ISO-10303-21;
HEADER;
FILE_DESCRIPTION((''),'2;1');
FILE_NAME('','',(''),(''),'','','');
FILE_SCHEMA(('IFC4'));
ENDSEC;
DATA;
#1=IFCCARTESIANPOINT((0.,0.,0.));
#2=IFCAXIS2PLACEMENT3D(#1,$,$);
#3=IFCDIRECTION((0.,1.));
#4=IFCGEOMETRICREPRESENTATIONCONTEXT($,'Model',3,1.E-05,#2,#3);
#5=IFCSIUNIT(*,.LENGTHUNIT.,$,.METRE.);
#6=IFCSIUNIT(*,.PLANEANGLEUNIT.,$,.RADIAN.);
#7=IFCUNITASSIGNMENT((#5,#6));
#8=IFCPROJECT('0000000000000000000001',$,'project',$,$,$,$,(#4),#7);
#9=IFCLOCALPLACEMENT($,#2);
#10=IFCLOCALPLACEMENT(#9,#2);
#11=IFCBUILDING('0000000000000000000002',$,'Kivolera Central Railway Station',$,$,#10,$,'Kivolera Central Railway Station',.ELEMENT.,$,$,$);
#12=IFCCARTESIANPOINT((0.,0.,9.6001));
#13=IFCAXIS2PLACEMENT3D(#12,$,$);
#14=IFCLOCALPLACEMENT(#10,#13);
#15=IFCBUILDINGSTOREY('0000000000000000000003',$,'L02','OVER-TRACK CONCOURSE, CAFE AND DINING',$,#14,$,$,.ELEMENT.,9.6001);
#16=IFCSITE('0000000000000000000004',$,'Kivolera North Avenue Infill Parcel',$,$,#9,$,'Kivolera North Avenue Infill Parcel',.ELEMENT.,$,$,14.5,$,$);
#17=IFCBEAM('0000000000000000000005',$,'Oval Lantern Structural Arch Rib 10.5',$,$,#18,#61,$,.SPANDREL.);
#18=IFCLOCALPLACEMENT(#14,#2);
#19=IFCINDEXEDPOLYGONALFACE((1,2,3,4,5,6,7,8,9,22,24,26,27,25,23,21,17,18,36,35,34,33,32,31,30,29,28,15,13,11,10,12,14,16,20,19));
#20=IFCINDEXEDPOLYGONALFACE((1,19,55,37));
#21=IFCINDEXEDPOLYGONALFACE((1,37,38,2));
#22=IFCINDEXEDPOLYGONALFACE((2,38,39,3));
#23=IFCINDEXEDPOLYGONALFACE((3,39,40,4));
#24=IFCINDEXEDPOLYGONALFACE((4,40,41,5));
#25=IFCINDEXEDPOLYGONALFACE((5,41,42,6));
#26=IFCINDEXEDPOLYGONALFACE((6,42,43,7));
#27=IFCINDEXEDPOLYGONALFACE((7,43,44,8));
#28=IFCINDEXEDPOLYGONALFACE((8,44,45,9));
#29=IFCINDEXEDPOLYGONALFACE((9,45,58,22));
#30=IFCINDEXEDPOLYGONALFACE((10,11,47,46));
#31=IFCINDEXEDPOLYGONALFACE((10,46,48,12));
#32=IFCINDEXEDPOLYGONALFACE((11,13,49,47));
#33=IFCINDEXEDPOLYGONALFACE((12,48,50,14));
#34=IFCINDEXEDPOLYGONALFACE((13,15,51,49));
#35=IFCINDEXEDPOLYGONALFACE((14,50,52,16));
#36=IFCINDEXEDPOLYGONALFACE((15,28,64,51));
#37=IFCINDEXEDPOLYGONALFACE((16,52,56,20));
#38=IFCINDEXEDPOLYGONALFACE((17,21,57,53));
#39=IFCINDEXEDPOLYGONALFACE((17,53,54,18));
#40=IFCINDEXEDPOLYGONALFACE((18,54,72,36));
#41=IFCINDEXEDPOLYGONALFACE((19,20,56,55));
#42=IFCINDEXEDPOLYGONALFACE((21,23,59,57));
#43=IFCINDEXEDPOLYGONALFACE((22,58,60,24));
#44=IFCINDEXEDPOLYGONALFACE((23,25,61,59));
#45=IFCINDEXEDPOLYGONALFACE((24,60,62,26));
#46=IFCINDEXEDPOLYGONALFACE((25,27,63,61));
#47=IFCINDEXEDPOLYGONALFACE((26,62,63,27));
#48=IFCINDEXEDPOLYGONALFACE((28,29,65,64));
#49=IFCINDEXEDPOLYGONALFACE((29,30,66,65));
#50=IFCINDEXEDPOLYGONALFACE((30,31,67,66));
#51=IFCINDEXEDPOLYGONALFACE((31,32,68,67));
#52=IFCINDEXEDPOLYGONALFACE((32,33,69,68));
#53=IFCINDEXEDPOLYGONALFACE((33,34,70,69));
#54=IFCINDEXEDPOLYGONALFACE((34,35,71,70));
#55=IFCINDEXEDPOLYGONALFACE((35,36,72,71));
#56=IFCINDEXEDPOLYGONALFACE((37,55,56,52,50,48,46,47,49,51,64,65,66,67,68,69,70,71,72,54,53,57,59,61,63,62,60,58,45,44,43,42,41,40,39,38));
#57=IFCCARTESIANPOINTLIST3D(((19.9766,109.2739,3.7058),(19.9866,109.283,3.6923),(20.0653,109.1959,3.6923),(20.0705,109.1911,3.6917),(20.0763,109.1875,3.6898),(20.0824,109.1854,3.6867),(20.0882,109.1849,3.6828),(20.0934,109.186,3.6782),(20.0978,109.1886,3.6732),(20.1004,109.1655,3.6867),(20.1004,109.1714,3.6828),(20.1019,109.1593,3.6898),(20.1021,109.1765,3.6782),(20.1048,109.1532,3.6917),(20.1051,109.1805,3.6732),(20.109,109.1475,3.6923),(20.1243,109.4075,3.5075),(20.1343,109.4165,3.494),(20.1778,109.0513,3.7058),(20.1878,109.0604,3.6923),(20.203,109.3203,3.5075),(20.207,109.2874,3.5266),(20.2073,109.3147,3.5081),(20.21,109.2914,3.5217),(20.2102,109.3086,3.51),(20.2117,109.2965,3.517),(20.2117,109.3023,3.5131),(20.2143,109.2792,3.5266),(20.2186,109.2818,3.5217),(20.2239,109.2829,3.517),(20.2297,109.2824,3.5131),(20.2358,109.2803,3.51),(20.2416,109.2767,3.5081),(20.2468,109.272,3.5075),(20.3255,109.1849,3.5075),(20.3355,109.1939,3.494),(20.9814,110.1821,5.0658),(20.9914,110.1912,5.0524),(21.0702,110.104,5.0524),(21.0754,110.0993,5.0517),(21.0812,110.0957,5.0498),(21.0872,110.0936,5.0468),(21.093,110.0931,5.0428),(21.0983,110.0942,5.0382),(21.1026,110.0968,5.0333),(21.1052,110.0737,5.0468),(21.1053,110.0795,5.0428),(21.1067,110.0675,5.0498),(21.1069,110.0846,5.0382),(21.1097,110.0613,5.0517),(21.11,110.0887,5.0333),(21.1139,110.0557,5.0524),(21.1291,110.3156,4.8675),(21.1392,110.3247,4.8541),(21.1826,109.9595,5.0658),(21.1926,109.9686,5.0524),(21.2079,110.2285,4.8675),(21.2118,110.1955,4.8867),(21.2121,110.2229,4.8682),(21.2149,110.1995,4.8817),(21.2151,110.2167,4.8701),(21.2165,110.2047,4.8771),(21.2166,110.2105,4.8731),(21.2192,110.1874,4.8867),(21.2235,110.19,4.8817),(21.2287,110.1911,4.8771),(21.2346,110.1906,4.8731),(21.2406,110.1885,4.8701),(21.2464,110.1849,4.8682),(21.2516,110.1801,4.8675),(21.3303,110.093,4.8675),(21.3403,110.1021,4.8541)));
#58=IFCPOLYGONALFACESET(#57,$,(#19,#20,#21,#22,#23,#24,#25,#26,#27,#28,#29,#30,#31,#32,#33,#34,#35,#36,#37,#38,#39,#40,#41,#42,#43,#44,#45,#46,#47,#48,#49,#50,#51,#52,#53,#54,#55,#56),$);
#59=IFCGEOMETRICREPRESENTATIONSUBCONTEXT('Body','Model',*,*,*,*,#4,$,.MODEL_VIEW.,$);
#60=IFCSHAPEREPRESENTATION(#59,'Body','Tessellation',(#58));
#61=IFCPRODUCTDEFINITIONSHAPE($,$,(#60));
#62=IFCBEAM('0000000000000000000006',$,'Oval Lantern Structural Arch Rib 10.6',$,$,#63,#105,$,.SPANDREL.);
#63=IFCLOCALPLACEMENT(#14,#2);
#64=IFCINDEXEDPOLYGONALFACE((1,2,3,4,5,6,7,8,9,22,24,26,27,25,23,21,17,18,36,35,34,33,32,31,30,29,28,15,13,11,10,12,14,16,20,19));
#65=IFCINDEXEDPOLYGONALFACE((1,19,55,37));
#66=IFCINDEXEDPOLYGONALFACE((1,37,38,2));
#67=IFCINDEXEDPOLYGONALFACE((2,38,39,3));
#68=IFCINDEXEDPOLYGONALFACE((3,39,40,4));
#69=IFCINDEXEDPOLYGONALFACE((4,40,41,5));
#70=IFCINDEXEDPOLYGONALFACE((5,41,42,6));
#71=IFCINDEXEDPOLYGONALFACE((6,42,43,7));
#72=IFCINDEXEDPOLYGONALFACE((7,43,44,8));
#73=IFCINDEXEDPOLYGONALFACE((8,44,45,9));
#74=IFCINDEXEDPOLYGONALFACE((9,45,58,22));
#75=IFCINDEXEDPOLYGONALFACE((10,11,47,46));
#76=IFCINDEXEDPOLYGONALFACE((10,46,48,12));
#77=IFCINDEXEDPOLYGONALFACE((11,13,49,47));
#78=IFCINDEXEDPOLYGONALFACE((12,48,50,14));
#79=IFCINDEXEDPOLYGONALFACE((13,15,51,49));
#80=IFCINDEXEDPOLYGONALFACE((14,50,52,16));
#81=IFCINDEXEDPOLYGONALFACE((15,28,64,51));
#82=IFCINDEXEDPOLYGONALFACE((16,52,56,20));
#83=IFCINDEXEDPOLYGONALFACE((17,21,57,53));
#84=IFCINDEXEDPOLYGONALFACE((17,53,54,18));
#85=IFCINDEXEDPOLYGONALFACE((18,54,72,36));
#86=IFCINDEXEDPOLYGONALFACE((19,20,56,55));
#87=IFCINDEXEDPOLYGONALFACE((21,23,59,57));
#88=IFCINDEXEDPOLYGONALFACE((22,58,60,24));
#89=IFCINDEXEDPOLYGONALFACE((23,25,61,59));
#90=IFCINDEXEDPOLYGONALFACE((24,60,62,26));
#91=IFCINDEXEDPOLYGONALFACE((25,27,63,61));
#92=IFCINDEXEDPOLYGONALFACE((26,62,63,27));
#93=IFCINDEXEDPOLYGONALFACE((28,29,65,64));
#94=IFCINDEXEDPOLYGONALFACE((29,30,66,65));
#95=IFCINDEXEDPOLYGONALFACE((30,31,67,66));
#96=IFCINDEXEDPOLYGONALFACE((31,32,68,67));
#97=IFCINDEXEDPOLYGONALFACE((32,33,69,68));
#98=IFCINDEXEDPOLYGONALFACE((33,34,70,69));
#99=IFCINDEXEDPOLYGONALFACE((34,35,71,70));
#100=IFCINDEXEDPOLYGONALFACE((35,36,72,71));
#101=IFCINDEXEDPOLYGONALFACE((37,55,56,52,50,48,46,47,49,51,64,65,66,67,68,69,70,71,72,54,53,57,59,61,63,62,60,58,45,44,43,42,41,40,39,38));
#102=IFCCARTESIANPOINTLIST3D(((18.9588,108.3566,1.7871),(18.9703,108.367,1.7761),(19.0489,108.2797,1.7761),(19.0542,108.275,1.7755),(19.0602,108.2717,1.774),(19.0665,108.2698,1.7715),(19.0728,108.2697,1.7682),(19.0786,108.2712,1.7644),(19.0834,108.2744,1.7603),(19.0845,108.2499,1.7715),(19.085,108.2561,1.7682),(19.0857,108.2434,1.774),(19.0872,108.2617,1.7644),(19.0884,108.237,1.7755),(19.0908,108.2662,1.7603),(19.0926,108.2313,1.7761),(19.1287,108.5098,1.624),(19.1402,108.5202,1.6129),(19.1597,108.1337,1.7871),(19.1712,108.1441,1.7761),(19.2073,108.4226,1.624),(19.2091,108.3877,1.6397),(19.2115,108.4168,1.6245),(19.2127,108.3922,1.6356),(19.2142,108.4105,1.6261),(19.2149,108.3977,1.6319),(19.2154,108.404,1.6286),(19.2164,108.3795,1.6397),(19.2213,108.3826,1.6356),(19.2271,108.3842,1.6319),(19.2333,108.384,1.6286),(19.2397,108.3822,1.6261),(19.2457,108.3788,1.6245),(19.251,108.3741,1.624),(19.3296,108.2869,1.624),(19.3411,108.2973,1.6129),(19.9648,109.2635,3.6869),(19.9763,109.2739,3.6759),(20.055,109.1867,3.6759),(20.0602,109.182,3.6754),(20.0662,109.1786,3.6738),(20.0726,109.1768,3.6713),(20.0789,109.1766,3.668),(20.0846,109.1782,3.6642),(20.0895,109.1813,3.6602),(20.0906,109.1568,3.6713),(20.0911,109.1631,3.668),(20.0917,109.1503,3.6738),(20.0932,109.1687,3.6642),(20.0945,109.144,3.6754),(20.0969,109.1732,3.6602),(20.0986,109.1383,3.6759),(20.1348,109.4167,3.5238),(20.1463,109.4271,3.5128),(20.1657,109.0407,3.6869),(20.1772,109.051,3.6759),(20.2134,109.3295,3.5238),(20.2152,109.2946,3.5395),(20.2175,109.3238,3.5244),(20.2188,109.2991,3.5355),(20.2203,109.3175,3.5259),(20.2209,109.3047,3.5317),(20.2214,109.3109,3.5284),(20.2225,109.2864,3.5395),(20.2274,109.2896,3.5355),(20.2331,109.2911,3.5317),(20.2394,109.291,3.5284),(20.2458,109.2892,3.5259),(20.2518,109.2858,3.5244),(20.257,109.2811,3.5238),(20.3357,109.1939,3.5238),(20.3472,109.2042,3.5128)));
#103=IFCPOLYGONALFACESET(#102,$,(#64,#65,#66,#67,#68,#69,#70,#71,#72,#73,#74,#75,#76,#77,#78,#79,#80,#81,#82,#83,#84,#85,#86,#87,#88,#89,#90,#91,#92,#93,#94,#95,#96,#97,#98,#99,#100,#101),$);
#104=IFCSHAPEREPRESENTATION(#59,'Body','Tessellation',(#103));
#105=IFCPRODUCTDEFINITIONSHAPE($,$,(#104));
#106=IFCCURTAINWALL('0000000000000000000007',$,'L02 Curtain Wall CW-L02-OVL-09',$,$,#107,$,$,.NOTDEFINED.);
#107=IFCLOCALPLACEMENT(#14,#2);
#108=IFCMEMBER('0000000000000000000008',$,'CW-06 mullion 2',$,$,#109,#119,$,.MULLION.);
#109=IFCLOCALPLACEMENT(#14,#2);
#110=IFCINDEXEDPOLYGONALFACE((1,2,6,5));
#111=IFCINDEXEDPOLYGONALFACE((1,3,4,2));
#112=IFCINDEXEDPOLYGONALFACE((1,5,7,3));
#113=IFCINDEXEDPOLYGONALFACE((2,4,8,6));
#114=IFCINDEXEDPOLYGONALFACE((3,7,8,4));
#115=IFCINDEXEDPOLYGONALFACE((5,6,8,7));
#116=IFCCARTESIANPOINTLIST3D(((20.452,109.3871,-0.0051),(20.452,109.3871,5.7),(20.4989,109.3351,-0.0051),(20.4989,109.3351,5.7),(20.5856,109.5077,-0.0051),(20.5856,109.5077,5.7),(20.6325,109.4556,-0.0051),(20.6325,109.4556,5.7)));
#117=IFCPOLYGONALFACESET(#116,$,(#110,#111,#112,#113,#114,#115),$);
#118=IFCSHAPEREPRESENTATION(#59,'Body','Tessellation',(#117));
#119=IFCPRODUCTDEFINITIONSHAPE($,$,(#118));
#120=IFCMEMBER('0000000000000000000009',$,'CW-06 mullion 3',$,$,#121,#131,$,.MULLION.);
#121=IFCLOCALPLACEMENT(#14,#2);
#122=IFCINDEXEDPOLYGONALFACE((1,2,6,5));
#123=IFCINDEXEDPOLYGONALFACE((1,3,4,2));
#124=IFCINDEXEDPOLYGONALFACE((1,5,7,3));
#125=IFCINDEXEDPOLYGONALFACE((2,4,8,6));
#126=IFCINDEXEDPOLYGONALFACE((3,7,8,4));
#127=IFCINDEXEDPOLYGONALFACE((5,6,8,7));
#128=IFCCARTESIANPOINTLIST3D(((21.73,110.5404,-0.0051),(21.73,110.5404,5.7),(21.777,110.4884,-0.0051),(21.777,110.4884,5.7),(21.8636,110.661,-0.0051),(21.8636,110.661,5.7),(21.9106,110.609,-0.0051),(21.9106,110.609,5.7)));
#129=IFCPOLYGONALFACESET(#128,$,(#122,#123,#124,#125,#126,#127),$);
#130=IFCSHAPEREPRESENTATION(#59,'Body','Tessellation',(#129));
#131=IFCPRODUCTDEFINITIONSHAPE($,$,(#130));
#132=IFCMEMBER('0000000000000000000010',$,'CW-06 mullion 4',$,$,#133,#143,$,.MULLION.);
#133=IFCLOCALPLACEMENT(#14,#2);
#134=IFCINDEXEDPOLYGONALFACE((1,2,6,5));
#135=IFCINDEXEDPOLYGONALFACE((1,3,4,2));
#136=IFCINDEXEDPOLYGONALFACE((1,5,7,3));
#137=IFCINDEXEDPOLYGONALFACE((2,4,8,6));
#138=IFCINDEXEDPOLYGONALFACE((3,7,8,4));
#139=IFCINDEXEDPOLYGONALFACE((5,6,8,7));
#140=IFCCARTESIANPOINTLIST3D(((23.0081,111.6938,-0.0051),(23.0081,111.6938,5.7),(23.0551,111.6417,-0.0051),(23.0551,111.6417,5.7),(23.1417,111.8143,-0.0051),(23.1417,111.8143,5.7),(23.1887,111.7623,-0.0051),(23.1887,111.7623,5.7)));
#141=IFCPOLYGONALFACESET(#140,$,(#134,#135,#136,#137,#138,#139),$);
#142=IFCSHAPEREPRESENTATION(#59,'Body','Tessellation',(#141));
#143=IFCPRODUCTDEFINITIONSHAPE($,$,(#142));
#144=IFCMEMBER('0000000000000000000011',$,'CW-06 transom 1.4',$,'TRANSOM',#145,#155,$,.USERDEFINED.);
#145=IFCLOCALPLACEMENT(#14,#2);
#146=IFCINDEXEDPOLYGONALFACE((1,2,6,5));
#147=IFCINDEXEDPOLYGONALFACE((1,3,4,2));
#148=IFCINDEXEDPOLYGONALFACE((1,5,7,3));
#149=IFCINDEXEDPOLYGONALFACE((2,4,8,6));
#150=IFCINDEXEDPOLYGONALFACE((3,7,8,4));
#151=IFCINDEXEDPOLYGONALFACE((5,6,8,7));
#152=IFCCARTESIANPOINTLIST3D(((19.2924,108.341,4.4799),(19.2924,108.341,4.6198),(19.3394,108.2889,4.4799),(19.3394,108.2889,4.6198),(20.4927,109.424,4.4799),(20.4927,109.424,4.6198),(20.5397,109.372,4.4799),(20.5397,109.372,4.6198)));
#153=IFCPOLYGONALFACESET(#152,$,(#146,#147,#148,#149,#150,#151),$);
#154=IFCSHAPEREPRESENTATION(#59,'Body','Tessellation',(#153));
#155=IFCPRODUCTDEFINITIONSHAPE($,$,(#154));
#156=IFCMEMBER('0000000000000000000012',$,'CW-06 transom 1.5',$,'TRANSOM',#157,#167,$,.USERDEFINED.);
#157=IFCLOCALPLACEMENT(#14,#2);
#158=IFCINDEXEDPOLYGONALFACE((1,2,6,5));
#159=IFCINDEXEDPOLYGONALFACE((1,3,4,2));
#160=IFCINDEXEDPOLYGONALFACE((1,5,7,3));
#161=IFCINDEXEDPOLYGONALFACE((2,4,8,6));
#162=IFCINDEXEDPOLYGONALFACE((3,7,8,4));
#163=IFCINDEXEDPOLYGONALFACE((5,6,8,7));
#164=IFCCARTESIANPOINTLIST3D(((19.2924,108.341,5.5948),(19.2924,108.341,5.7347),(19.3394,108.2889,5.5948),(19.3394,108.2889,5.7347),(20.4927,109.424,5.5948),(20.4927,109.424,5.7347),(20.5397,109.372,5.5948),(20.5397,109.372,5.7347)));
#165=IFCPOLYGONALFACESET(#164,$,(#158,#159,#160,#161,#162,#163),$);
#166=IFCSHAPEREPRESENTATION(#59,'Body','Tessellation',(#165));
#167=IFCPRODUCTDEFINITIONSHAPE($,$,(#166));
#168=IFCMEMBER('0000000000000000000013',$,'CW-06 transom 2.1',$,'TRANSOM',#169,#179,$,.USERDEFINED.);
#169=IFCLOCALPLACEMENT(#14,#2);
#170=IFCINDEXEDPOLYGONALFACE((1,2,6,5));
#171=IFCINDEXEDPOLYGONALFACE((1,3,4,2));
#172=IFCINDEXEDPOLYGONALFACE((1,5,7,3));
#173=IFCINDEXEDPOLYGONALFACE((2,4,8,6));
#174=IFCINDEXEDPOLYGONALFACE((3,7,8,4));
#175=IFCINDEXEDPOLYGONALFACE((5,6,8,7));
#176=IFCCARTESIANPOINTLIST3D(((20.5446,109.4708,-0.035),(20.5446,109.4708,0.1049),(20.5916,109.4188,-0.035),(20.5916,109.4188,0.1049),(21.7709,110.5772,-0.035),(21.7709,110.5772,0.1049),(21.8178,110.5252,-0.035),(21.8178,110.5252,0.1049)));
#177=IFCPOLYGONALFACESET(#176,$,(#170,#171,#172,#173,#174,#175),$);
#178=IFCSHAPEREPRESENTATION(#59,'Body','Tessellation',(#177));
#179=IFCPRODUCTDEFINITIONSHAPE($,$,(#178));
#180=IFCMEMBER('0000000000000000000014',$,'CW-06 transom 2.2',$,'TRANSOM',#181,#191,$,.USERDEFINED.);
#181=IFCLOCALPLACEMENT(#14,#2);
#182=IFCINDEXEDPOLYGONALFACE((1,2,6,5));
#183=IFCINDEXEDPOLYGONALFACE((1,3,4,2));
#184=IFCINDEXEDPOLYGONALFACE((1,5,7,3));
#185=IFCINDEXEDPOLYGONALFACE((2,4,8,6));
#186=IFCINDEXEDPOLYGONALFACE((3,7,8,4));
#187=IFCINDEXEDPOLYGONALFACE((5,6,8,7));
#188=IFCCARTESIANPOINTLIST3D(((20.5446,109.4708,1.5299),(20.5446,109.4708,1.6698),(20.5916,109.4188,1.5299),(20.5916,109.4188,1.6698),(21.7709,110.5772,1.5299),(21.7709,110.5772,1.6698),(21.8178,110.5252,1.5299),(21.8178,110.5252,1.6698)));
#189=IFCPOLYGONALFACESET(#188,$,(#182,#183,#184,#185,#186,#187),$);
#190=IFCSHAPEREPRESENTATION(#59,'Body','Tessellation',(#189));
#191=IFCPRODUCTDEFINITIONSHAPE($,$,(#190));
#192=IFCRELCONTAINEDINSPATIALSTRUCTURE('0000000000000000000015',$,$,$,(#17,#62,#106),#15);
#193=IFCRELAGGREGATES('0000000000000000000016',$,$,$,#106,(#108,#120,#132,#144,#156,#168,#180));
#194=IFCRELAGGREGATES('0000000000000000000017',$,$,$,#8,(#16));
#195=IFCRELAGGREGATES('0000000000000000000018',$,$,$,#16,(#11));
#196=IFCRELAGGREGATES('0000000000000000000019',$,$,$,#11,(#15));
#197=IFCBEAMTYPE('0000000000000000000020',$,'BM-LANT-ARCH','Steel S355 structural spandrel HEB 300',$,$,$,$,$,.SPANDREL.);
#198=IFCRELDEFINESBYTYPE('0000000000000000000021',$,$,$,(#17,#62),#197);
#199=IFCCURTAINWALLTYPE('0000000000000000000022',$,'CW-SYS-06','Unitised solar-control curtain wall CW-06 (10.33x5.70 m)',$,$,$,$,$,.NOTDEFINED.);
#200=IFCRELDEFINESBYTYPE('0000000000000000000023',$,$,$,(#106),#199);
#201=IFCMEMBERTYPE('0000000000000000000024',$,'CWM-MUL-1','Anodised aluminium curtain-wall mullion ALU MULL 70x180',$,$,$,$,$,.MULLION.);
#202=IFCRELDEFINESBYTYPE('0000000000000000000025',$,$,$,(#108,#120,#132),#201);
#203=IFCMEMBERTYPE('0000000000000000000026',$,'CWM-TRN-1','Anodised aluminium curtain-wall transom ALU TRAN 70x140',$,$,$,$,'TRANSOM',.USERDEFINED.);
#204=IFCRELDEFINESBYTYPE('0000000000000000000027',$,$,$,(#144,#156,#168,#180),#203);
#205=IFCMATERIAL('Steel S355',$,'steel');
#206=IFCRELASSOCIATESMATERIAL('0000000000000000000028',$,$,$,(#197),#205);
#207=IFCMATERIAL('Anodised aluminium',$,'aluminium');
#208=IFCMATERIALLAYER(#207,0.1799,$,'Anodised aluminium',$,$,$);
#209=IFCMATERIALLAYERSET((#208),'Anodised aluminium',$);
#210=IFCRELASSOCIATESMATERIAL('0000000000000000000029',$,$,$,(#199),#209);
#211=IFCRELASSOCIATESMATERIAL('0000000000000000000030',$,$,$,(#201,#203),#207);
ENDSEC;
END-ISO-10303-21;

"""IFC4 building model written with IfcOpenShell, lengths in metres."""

from ifc_helpers import new_model, si_unit, direction, frame, origin, origin_2d, place, context, subcontext, project, spatial, rectangle, i_section, extrude, material, layer, layer_set, material_profile, profile_set, type_object, element, aggregate, save


model = new_model("IFC4")

# Units and contexts
model_context = context("Model", 3, precision=1e-05, world=origin(), true_north=direction((0.0, 1.0)))
body_context = subcontext(model_context, "Body", "Model", "MODEL_VIEW")
ifc_project = project(units=[si_unit("LENGTHUNIT", "METRE"), si_unit("PLANEANGLEUNIT", "RADIAN")], contexts=[model_context])

# Site, building, storey
site_placement = place(None, origin())
site = spatial("IfcSite", under=ifc_project, at=site_placement, Name="Kivolera North Avenue Infill Parcel", LongName="Kivolera North Avenue Infill Parcel", CompositionType="ELEMENT", RefElevation=14.5)
building_placement = place(site_placement, origin())
building = spatial("IfcBuilding", under=site, at=building_placement, Name="Kivolera Central Railway Station", LongName="Kivolera Central Railway Station", CompositionType="ELEMENT")
storey_placement = place(building_placement, frame((0.0, 0.0, 9.6001)))
storey = spatial("IfcBuildingStorey", under=building, at=storey_placement, Name="L02", Description="OVER-TRACK CONCOURSE, CAFE AND DINING", CompositionType="ELEMENT", Elevation=9.6001)

# Beams
ifc_material_1 = material(Name="Steel S355", Category="steel")
ifc_material_profile_1 = material_profile(ifc_material_1, i_section(OverallWidth=0.3, OverallDepth=0.3, WebThickness=0.011, FlangeThickness=0.019, FilletRadius=0.0271, at=origin_2d()), Name="HEB 300")
ifc_profile_set_1 = profile_set([ifc_material_profile_1], Name="Steel S355")
beam_type = type_object("IfcBeamType", Name="BM-LANT-ARCH", Description="Steel S355 structural spandrel HEB 300", PredefinedType="SPANDREL", material=ifc_profile_set_1)
beam_1_placement = place(storey_placement, frame((21.1609, 110.1421, 4.96), z_axis=(-0.52351, -0.473143, -0.708571), x_axis=(0.670517, -0.741894, 0.0)))
element("IfcBeam", 1, at=beam_1_placement, inside=storey, type_object=beam_type, Name="Oval Lantern Structural Arch Rib 10.5", PredefinedType="SPANDREL", context=body_context, shape_type="SweptSolid", body=[
    extrude(i_section(OverallWidth=0.3, OverallDepth=0.3, WebThickness=0.011, FlangeThickness=0.019, FilletRadius=0.0271, at=origin_2d()), origin(), (0.0, 0.0, 1.0), 1.9194),
])
beam_2_placement = place(storey_placement, frame((20.156, 109.2339, 3.5999), z_axis=(-0.431185, -0.388705, -0.81424), x_axis=(0.669572, -0.742747, 0.0)))
element("IfcBeam", 2, at=beam_2_placement, inside=storey, type_object=beam_type, Name="Oval Lantern Structural Arch Rib 10.6", PredefinedType="SPANDREL", context=body_context, shape_type="SweptSolid", body=[
    extrude(i_section(OverallWidth=0.3, OverallDepth=0.3, WebThickness=0.011, FlangeThickness=0.019, FilletRadius=0.0271, at=origin_2d()), origin(), (0.0, 0.0, 1.0), 2.3333),
])

# Curtain wall, members
ifc_material_2 = material(Name="Anodised aluminium", Category="aluminium")
ifc_layer_1 = layer(ifc_material_2, 0.1799, Name="Anodised aluminium")
ifc_layer_set_1 = layer_set([ifc_layer_1], Name="Anodised aluminium")
curtain_wall_type = type_object("IfcCurtainWallType", Name="CW-SYS-06", Description="Unitised solar-control curtain wall CW-06 (10.33x5.70 m)", PredefinedType="NOTDEFINED", material=ifc_layer_set_1)
curtain_wall_placement = place(storey_placement, origin())
curtain_wall = element("IfcCurtainWall", 3, at=curtain_wall_placement, inside=storey, type_object=curtain_wall_type, Name="L02 Curtain Wall CW-L02-OVL-09", PredefinedType="NOTDEFINED")
ifc_material_profile_2 = material_profile(ifc_material_2, rectangle(XDim=0.0701, YDim=0.1799, at=origin_2d()), Name="ALU MULL 70x180")
ifc_profile_set_2 = profile_set([ifc_material_profile_2], Name="Anodised aluminium")
member_type_1 = type_object("IfcMemberType", Name="CWM-MUL-1", Description="Anodised aluminium curtain-wall mullion ALU MULL 70x180", PredefinedType="MULLION", material=ifc_profile_set_2)
member_1_placement = place(storey_placement, frame((20.5422, 109.4214, -0.0051), z_axis=(0.0, 0.0, 1.0), x_axis=(-0.669922, 0.742432, 0.0)))
member_1 = element("IfcMember", 4, at=member_1_placement, type_object=member_type_1, Name="CW-06 mullion 2", PredefinedType="MULLION", context=body_context, shape_type="SweptSolid", body=[
    extrude(rectangle(XDim=0.0701, YDim=0.1799, at=origin_2d()), origin(), (0.0, 0.0, 1.0), 5.7051),
])
member_2_placement = place(storey_placement, frame((21.8203, 110.5747, -0.0051), z_axis=(0.0, 0.0, 1.0), x_axis=(-0.669922, 0.742432, 0.0)))
member_2 = element("IfcMember", 5, at=member_2_placement, type_object=member_type_1, Name="CW-06 mullion 3", PredefinedType="MULLION", context=body_context, shape_type="SweptSolid", body=[
    extrude(rectangle(XDim=0.0701, YDim=0.1799, at=origin_2d()), origin(), (0.0, 0.0, 1.0), 5.7051),
])
member_3_placement = place(storey_placement, frame((23.0984, 111.728, -0.0051), z_axis=(0.0, 0.0, 1.0), x_axis=(-0.669922, 0.742432, 0.0)))
member_3 = element("IfcMember", 6, at=member_3_placement, type_object=member_type_1, Name="CW-06 mullion 4", PredefinedType="MULLION", context=body_context, shape_type="SweptSolid", body=[
    extrude(rectangle(XDim=0.0701, YDim=0.1799, at=origin_2d()), origin(), (0.0, 0.0, 1.0), 5.7051),
])
ifc_material_profile_3 = material_profile(ifc_material_2, rectangle(XDim=0.0701, YDim=0.1399, at=origin_2d()), Name="ALU TRAN 70x140")
ifc_profile_set_3 = profile_set([ifc_material_profile_3], Name="Anodised aluminium")
member_type_2 = type_object("IfcMemberType", Name="CWM-TRN-1", Description="Anodised aluminium curtain-wall transom ALU TRAN 70x140", ElementType="TRANSOM", PredefinedType="USERDEFINED", material=ifc_profile_set_3)
member_4_placement = place(storey_placement, frame((19.3159, 108.3149, 4.5498), z_axis=(0.742422, 0.669932, 0.0), x_axis=(-0.669932, 0.742422, 0.0)))
member_4 = element("IfcMember", 7, at=member_4_placement, type_object=member_type_2, Name="CW-06 transom 1.4", ObjectType="TRANSOM", PredefinedType="USERDEFINED", context=body_context, shape_type="SweptSolid", body=[
    extrude(rectangle(XDim=0.0701, YDim=0.1399, at=origin_2d()), origin(), (0.0, 0.0, 1.0), 1.6167),
])
member_5_placement = place(storey_placement, frame((19.3159, 108.3149, 5.6648), z_axis=(0.742422, 0.669932, 0.0), x_axis=(-0.669932, 0.742422, 0.0)))
member_5 = element("IfcMember", 8, at=member_5_placement, type_object=member_type_2, Name="CW-06 transom 1.5", ObjectType="TRANSOM", PredefinedType="USERDEFINED", context=body_context, shape_type="SweptSolid", body=[
    extrude(rectangle(XDim=0.0701, YDim=0.1399, at=origin_2d()), origin(), (0.0, 0.0, 1.0), 1.6167),
])
member_6_placement = place(storey_placement, frame((20.5681, 109.4448, 0.0349), z_axis=(0.742463, 0.669887, 0.0), x_axis=(-0.669887, 0.742463, 0.0)))
member_6 = element("IfcMember", 9, at=member_6_placement, type_object=member_type_2, Name="CW-06 transom 2.1", ObjectType="TRANSOM", PredefinedType="USERDEFINED", context=body_context, shape_type="SweptSolid", body=[
    extrude(rectangle(XDim=0.0701, YDim=0.1399, at=origin_2d()), origin(), (0.0, 0.0, 1.0), 1.6516),
])
member_7_placement = place(storey_placement, frame((20.5681, 109.4448, 1.5999), z_axis=(0.742463, 0.669887, 0.0), x_axis=(-0.669887, 0.742463, 0.0)))
member_7 = element("IfcMember", 10, at=member_7_placement, type_object=member_type_2, Name="CW-06 transom 2.2", ObjectType="TRANSOM", PredefinedType="USERDEFINED", context=body_context, shape_type="SweptSolid", body=[
    extrude(rectangle(XDim=0.0701, YDim=0.1399, at=origin_2d()), origin(), (0.0, 0.0, 1.0), 1.6516),
])
aggregate(curtain_wall, [member_1, member_2, member_3, member_4, member_5, member_6, member_7])

save(model, "model.ifc")
